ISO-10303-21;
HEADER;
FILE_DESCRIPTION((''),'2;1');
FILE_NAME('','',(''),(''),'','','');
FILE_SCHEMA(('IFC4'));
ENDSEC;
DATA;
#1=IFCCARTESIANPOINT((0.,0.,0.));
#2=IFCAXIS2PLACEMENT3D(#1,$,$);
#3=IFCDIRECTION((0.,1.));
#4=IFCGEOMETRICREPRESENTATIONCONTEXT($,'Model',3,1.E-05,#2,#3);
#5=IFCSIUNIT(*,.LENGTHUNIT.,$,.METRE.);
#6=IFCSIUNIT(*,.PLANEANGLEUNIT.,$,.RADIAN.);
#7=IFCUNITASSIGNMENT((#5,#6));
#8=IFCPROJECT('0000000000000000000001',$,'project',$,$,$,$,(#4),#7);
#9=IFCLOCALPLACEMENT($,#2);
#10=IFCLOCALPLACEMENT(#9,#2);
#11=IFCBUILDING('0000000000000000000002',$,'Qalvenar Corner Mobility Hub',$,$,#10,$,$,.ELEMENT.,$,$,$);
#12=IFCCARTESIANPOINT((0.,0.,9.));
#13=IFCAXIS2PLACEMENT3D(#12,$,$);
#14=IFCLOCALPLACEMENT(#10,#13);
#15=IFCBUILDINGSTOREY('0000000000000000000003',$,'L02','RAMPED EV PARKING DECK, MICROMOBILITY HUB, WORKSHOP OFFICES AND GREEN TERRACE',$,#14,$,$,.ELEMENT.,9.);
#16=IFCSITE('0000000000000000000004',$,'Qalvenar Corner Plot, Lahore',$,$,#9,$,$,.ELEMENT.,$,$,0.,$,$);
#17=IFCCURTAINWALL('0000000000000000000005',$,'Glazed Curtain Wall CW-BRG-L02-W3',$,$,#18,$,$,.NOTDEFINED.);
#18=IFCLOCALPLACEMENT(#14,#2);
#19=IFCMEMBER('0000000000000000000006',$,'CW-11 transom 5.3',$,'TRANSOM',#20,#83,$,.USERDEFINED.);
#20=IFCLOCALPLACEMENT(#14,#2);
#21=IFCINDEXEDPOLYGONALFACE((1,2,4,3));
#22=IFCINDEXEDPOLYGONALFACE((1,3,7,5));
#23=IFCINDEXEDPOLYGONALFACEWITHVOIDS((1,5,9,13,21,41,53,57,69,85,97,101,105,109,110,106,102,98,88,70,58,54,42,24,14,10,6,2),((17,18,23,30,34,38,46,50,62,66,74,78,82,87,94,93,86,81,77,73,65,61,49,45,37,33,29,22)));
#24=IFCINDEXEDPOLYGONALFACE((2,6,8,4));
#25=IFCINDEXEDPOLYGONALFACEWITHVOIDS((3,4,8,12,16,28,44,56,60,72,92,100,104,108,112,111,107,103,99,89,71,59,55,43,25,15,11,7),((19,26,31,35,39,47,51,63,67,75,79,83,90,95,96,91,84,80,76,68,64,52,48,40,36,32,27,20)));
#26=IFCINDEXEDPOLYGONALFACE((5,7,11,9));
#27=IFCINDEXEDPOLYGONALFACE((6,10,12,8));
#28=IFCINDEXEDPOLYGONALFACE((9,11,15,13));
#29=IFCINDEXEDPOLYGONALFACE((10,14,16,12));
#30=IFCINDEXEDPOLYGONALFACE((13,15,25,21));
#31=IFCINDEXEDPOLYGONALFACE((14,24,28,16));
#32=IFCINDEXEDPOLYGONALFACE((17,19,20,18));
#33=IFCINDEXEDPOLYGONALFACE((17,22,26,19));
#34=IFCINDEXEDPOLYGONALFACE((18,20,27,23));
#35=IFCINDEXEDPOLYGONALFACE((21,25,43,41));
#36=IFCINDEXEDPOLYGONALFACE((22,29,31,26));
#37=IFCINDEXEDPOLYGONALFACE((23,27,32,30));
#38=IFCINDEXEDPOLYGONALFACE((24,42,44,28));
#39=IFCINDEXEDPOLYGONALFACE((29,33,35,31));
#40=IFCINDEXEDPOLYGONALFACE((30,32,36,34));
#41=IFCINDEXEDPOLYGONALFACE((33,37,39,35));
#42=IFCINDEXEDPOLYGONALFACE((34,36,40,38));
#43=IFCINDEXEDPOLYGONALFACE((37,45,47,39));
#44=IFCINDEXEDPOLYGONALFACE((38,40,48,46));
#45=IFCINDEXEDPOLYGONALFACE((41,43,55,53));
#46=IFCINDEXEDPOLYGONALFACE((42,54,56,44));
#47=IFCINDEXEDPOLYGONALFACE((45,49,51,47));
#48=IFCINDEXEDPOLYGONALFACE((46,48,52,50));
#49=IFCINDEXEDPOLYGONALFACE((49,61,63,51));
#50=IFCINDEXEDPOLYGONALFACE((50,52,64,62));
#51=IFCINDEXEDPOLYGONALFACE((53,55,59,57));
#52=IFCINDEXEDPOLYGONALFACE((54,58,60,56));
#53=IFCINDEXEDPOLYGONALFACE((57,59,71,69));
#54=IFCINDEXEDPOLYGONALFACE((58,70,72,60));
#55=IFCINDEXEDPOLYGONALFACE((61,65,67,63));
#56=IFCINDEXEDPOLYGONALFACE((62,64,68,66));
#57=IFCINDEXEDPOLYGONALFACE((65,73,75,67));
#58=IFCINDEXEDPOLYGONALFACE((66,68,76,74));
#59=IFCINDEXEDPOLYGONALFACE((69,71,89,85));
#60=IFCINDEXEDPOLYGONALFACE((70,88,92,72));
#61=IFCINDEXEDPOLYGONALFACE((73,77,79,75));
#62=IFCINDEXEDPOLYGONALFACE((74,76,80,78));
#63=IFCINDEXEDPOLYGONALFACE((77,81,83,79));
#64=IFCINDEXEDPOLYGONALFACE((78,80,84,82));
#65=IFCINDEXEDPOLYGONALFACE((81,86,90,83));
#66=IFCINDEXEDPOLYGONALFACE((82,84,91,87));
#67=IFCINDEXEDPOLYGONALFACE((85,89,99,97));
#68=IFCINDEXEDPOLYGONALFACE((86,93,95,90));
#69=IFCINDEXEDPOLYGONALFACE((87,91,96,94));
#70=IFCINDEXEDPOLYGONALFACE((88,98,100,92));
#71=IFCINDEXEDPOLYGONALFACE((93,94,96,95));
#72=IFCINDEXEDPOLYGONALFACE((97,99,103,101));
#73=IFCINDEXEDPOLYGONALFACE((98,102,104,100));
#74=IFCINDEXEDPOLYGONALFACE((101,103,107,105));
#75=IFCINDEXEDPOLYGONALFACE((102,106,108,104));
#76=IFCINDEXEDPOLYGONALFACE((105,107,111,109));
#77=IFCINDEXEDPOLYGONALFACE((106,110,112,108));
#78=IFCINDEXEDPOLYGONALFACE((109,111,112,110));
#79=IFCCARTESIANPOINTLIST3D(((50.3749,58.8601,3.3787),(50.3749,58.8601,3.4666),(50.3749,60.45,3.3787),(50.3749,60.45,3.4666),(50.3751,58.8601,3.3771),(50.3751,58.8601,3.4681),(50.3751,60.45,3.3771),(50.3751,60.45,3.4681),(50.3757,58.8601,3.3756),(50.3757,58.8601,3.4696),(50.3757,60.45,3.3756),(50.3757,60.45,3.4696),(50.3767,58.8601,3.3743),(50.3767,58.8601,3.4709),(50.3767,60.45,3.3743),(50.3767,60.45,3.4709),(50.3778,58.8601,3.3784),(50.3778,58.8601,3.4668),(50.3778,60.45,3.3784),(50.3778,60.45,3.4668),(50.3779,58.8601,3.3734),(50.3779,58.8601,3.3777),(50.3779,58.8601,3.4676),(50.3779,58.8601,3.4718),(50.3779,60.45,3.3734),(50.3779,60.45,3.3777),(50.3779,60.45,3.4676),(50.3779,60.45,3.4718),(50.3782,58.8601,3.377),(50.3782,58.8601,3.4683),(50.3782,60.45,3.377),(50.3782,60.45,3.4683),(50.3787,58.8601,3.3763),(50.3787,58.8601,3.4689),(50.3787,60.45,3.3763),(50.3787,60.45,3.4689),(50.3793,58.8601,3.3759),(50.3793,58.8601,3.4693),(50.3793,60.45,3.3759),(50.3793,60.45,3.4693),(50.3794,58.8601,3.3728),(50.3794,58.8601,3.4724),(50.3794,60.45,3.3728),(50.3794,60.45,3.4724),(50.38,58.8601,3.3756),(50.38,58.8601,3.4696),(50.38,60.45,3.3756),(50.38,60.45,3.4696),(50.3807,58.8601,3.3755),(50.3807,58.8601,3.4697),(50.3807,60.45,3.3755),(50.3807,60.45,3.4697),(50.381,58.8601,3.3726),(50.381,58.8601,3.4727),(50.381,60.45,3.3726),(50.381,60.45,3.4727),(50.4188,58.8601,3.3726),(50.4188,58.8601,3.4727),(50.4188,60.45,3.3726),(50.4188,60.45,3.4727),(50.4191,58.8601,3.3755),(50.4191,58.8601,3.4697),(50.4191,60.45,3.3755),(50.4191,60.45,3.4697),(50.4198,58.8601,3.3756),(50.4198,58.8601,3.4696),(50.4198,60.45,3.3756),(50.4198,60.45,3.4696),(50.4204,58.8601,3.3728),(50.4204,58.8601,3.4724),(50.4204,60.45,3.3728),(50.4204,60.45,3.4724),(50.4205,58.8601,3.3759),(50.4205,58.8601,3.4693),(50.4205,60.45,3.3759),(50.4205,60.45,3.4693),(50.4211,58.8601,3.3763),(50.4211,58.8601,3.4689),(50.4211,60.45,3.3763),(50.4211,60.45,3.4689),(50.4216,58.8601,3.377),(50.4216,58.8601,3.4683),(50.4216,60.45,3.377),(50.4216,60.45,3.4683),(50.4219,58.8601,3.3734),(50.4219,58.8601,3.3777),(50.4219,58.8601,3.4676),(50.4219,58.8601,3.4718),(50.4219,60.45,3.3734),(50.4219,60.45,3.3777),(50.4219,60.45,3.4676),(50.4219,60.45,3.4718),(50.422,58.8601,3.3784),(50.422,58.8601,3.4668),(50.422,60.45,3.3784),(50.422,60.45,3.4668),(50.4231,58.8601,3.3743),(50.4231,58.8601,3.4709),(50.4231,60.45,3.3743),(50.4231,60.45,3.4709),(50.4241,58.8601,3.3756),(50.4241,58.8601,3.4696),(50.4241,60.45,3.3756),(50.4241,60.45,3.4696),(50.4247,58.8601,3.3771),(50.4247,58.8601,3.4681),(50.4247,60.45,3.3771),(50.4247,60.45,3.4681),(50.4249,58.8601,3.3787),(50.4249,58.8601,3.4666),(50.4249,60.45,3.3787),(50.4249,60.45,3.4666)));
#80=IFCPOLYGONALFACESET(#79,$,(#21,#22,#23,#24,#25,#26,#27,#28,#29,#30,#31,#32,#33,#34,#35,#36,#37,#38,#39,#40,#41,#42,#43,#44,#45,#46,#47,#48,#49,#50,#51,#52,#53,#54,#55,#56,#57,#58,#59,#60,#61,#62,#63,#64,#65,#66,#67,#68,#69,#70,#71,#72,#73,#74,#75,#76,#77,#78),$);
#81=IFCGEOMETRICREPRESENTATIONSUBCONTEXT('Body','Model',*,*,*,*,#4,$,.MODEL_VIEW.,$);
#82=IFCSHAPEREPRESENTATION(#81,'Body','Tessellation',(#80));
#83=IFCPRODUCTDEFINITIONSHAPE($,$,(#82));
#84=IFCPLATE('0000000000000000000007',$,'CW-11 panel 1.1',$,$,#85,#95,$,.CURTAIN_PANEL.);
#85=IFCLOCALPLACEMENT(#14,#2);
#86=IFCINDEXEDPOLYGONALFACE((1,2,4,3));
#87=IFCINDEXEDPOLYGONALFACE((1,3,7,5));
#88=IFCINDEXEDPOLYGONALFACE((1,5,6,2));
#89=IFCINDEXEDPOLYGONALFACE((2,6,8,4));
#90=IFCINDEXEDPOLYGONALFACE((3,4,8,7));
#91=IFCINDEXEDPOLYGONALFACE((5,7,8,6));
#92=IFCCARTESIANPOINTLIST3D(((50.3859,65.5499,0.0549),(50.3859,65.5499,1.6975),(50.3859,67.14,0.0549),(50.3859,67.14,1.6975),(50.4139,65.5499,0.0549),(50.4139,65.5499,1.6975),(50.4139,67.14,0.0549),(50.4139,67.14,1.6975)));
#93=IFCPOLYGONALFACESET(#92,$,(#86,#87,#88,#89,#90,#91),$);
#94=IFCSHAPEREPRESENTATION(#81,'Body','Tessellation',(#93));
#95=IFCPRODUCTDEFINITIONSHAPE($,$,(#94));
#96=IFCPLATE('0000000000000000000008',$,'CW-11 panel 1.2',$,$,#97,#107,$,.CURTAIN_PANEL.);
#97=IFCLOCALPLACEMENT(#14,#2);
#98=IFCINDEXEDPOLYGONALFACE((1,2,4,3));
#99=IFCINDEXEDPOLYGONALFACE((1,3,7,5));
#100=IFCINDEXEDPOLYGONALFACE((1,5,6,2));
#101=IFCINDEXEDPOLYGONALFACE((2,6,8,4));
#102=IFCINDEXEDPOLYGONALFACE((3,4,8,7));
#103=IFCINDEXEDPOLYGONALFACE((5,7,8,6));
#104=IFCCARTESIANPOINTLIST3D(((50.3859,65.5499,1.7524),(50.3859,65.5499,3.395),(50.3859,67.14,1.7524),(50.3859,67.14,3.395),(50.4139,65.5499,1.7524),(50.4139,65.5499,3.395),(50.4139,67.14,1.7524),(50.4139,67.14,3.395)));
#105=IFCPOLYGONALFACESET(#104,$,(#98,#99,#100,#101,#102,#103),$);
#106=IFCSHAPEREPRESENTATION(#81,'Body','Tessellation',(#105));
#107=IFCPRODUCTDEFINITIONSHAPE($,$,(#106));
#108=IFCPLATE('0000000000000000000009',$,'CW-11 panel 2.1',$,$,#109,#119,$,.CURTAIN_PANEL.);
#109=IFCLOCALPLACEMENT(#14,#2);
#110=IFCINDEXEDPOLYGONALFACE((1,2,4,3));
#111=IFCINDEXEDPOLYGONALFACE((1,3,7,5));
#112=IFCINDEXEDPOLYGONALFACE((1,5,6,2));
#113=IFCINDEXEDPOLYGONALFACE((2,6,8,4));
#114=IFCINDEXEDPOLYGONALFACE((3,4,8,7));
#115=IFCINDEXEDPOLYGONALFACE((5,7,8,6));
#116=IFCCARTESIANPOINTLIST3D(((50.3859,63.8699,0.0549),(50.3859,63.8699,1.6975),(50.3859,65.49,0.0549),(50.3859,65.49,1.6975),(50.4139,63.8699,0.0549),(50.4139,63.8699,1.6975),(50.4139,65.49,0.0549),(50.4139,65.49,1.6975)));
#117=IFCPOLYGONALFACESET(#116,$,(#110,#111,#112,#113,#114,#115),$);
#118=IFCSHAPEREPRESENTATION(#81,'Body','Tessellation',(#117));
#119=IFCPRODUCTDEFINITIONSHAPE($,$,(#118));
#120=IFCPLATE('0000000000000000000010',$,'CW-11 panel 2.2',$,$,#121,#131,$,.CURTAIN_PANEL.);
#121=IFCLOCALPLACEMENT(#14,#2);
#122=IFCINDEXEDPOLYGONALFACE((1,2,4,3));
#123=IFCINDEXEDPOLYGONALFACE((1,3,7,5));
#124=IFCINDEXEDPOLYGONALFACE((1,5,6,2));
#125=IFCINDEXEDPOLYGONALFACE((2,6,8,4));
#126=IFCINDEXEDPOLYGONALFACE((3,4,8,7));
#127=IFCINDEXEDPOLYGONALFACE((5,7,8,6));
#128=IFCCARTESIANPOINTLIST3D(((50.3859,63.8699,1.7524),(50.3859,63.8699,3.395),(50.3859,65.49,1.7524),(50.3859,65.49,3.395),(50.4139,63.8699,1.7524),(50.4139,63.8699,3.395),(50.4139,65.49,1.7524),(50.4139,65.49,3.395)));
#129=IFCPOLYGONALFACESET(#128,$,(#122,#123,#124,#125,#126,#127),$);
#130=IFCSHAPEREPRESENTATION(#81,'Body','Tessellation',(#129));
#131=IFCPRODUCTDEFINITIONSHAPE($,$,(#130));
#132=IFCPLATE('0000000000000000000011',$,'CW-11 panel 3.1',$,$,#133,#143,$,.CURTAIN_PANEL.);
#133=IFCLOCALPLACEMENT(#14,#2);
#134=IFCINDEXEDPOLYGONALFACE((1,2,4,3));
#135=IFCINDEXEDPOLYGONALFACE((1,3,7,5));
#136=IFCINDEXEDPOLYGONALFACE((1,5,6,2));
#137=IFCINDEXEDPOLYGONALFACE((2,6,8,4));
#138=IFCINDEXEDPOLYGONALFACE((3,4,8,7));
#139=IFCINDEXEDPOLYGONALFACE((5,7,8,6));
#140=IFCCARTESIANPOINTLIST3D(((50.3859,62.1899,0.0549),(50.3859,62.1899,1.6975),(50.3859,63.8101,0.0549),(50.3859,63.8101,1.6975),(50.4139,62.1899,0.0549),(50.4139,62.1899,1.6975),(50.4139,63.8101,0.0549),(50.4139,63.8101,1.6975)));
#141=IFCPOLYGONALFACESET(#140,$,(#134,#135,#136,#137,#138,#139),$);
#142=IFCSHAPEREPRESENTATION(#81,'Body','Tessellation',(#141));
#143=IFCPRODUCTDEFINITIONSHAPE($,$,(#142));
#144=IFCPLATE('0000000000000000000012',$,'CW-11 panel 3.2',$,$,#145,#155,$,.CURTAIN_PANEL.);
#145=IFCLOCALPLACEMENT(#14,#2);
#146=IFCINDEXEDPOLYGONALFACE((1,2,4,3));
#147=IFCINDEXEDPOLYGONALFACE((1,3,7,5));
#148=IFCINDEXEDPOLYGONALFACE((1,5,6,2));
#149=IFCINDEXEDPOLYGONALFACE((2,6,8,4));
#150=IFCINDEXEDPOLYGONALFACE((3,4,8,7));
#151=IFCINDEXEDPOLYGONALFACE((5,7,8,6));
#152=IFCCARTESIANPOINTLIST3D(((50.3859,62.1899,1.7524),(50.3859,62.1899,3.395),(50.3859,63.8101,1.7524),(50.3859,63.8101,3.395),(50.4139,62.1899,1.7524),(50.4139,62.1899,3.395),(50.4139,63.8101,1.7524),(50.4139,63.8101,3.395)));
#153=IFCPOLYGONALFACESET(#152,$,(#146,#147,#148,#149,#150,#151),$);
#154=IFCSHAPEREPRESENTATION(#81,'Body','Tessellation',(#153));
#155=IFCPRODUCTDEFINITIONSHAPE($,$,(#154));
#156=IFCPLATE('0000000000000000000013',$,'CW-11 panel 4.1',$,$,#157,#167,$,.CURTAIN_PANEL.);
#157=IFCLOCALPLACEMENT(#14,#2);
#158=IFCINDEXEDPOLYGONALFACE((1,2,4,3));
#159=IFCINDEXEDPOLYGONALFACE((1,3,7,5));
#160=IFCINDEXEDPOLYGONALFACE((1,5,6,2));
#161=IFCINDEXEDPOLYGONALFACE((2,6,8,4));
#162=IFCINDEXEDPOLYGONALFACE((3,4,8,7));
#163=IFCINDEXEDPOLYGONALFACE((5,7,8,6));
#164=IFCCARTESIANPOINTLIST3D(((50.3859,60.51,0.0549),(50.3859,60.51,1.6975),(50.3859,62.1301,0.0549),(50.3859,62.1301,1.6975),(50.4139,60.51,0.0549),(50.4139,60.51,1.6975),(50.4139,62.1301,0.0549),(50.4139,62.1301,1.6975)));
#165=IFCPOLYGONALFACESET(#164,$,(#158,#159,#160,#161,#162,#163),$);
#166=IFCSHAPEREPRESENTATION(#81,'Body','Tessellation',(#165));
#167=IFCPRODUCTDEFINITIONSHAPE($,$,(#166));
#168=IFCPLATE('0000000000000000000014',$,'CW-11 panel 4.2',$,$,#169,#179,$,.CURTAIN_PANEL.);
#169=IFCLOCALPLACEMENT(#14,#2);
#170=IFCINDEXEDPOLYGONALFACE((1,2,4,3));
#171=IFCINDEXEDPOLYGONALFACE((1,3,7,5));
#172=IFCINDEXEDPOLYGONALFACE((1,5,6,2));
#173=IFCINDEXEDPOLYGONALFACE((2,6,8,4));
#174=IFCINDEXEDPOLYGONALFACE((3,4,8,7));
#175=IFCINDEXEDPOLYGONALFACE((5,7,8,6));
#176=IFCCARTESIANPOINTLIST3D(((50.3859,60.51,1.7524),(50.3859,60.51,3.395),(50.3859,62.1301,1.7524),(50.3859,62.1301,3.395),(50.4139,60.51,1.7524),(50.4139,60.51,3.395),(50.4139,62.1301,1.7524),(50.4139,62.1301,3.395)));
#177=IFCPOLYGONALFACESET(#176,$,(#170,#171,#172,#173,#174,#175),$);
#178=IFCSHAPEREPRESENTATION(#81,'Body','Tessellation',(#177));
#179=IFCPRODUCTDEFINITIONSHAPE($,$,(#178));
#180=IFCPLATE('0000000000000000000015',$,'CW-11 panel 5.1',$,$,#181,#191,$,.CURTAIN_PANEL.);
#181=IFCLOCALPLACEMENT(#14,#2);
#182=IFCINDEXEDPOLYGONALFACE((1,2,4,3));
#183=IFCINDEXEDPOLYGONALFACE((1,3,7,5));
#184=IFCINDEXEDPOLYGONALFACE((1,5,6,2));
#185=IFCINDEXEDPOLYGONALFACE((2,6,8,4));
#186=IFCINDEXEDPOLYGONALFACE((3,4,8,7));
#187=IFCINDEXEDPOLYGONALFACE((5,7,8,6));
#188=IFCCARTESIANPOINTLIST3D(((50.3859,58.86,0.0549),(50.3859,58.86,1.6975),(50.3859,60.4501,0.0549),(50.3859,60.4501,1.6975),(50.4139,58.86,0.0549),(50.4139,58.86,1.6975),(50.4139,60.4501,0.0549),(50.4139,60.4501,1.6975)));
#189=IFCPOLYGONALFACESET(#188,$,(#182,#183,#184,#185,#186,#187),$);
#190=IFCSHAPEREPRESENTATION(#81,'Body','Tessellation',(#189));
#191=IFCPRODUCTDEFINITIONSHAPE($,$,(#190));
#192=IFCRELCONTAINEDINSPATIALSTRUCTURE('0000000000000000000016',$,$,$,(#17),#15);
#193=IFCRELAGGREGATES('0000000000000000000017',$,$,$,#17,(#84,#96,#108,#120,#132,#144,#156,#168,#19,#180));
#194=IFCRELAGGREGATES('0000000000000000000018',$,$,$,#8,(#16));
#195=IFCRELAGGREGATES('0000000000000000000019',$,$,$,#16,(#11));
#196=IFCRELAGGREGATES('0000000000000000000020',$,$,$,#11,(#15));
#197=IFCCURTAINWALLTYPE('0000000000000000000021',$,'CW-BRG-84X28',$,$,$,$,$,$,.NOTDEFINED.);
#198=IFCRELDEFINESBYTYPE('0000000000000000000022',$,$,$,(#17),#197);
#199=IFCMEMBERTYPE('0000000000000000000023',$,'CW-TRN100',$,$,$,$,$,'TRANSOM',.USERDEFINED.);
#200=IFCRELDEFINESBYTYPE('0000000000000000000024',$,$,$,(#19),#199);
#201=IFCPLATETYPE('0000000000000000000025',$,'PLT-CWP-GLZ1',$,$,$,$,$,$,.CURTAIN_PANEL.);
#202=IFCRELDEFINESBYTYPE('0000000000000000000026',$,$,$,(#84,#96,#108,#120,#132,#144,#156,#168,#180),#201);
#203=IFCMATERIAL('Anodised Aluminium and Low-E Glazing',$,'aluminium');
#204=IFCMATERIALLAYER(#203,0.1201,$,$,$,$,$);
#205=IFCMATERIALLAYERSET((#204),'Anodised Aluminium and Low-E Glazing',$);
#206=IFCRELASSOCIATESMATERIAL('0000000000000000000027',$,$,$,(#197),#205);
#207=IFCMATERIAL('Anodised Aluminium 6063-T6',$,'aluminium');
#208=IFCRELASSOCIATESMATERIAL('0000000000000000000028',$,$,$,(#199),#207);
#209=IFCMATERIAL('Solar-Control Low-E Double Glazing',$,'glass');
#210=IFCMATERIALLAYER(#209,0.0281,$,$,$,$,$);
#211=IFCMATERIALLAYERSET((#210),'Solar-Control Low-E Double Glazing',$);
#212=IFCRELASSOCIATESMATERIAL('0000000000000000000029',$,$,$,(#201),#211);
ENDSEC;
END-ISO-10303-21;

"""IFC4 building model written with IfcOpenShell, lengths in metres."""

from ifc_helpers import new_model, si_unit, direction, frame, origin, origin_2d, place, context, subcontext, project, spatial, rectangle, hollow_rectangle, extrude, material, layer, layer_set, material_profile, profile_set, type_object, element, aggregate, save


model = new_model("IFC4")

# Units and contexts
model_context = context("Model", 3, precision=1e-05, world=origin(), true_north=direction((0.0, 1.0)))
body_context = subcontext(model_context, "Body", "Model", "MODEL_VIEW")
ifc_project = project(units=[si_unit("LENGTHUNIT", "METRE"), si_unit("PLANEANGLEUNIT", "RADIAN")], contexts=[model_context])

# Site, building, storey
site_placement = place(None, origin())
site = spatial("IfcSite", under=ifc_project, at=site_placement, Name="Qalvenar Corner Plot, Lahore", CompositionType="ELEMENT", RefElevation=0.0)
building_placement = place(site_placement, origin())
building = spatial("IfcBuilding", under=site, at=building_placement, Name="Qalvenar Corner Mobility Hub", CompositionType="ELEMENT")
storey_placement = place(building_placement, frame((0.0, 0.0, 9.0)))
storey = spatial("IfcBuildingStorey", under=building, at=storey_placement, Name="L02", Description="RAMPED EV PARKING DECK, MICROMOBILITY HUB, WORKSHOP OFFICES AND GREEN TERRACE", CompositionType="ELEMENT", Elevation=9.0)

# Curtain wall, member, plates
ifc_material_1 = material(Name="Anodised Aluminium and Low-E Glazing", Category="aluminium")
ifc_layer_1 = layer(ifc_material_1, 0.1201)
ifc_layer_set_1 = layer_set([ifc_layer_1], Name="Anodised Aluminium and Low-E Glazing")
curtain_wall_type = type_object("IfcCurtainWallType", Name="CW-BRG-84X28", PredefinedType="NOTDEFINED", material=ifc_layer_set_1)
curtain_wall_placement = place(storey_placement, origin())
curtain_wall = element("IfcCurtainWall", 1, at=curtain_wall_placement, inside=storey, type_object=curtain_wall_type, Name="Glazed Curtain Wall CW-BRG-L02-W3", PredefinedType="NOTDEFINED")
ifc_material_2 = material(Name="Anodised Aluminium 6063-T6", Category="aluminium")
ifc_material_profile_1 = material_profile(ifc_material_2, hollow_rectangle(XDim=0.05, YDim=0.1001, WallThickness=0.0029, InnerFilletRadius=0.0029, OuterFilletRadius=0.0061, at=origin_2d()), Name="RHS100x50x3")
ifc_profile_set_1 = profile_set([ifc_material_profile_1], Name="Anodised Aluminium 6063-T6")
member_type_1 = type_object("IfcMemberType", Name="CW-TRN100", ElementType="TRANSOM", PredefinedType="USERDEFINED", material=ifc_profile_set_1)
member_1_placement = place(storey_placement, frame((50.3999, 60.45, 3.4226), z_axis=(0.0, -1.0, 0.0), x_axis=(1.0, 0.0, 0.0)))
member_1 = element("IfcMember", 2, at=member_1_placement, type_object=member_type_1, Name="CW-11 transom 5.3", ObjectType="TRANSOM", PredefinedType="USERDEFINED", context=body_context, shape_type="SweptSolid", body=[
    extrude(hollow_rectangle(XDim=0.05, YDim=0.1001, WallThickness=0.0029, InnerFilletRadius=0.0029, OuterFilletRadius=0.0061, at=origin_2d()), origin(), (0.0, 0.0, 1.0), 1.5898),
])
ifc_material_3 = material(Name="Solar-Control Low-E Double Glazing", Category="glass")
ifc_layer_2 = layer(ifc_material_3, 0.0281)
ifc_layer_set_2 = layer_set([ifc_layer_2], Name="Solar-Control Low-E Double Glazing")
plate_type = type_object("IfcPlateType", Name="PLT-CWP-GLZ1", PredefinedType="CURTAIN_PANEL", material=ifc_layer_set_2)
plate_1_placement = place(storey_placement, frame((50.3999, 66.345, 0.0549), z_axis=(0.0, 0.0, 1.0), x_axis=(0.0, -1.0, 0.0)))
plate_1 = element("IfcPlate", 3, at=plate_1_placement, type_object=plate_type, Name="CW-11 panel 1.1", PredefinedType="CURTAIN_PANEL", context=body_context, shape_type="SweptSolid", body=[
    extrude(rectangle(XDim=1.5901, YDim=0.0281, at=origin_2d()), origin(), (0.0, 0.0, 1.0), 1.6426),
])
plate_2_placement = place(storey_placement, frame((50.3999, 66.345, 1.7524), z_axis=(0.0, 0.0, 1.0), x_axis=(0.0, -1.0, 0.0)))
plate_2 = element("IfcPlate", 4, at=plate_2_placement, type_object=plate_type, Name="CW-11 panel 1.2", PredefinedType="CURTAIN_PANEL", context=body_context, shape_type="SweptSolid", body=[
    extrude(rectangle(XDim=1.5901, YDim=0.0281, at=origin_2d()), origin(), (0.0, 0.0, 1.0), 1.6426),
])
plate_3_placement = place(storey_placement, frame((50.3999, 64.6799, 0.0549), z_axis=(0.0, 0.0, 1.0), x_axis=(0.0, -1.0, 0.0)))
plate_3 = element("IfcPlate", 5, at=plate_3_placement, type_object=plate_type, Name="CW-11 panel 2.1", PredefinedType="CURTAIN_PANEL", context=body_context, shape_type="SweptSolid", body=[
    extrude(rectangle(XDim=1.6201, YDim=0.0281, at=origin_2d()), origin(), (0.0, 0.0, 1.0), 1.6426),
])
plate_4_placement = place(storey_placement, frame((50.3999, 64.6799, 1.7524), z_axis=(0.0, 0.0, 1.0), x_axis=(0.0, -1.0, 0.0)))
plate_4 = element("IfcPlate", 6, at=plate_4_placement, type_object=plate_type, Name="CW-11 panel 2.2", PredefinedType="CURTAIN_PANEL", context=body_context, shape_type="SweptSolid", body=[
    extrude(rectangle(XDim=1.6201, YDim=0.0281, at=origin_2d()), origin(), (0.0, 0.0, 1.0), 1.6426),
])
plate_5_placement = place(storey_placement, frame((50.3999, 63.0, 0.0549), z_axis=(0.0, 0.0, 1.0), x_axis=(0.0, -1.0, 0.0)))
plate_5 = element("IfcPlate", 7, at=plate_5_placement, type_object=plate_type, Name="CW-11 panel 3.1", PredefinedType="CURTAIN_PANEL", context=body_context, shape_type="SweptSolid", body=[
    extrude(rectangle(XDim=1.6201, YDim=0.0281, at=origin_2d()), origin(), (0.0, 0.0, 1.0), 1.6426),
])
plate_6_placement = place(storey_placement, frame((50.3999, 63.0, 1.7524), z_axis=(0.0, 0.0, 1.0), x_axis=(0.0, -1.0, 0.0)))
plate_6 = element("IfcPlate", 8, at=plate_6_placement, type_object=plate_type, Name="CW-11 panel 3.2", PredefinedType="CURTAIN_PANEL", context=body_context, shape_type="SweptSolid", body=[
    extrude(rectangle(XDim=1.6201, YDim=0.0281, at=origin_2d()), origin(), (0.0, 0.0, 1.0), 1.6426),
])
plate_7_placement = place(storey_placement, frame((50.3999, 61.3201, 0.0549), z_axis=(0.0, 0.0, 1.0), x_axis=(0.0, -1.0, 0.0)))
plate_7 = element("IfcPlate", 9, at=plate_7_placement, type_object=plate_type, Name="CW-11 panel 4.1", PredefinedType="CURTAIN_PANEL", context=body_context, shape_type="SweptSolid", body=[
    extrude(rectangle(XDim=1.6201, YDim=0.0281, at=origin_2d()), origin(), (0.0, 0.0, 1.0), 1.6426),
])
plate_8_placement = place(storey_placement, frame((50.3999, 61.3201, 1.7524), z_axis=(0.0, 0.0, 1.0), x_axis=(0.0, -1.0, 0.0)))
plate_8 = element("IfcPlate", 10, at=plate_8_placement, type_object=plate_type, Name="CW-11 panel 4.2", PredefinedType="CURTAIN_PANEL", context=body_context, shape_type="SweptSolid", body=[
    extrude(rectangle(XDim=1.6201, YDim=0.0281, at=origin_2d()), origin(), (0.0, 0.0, 1.0), 1.6426),
])
plate_9_placement = place(storey_placement, frame((50.3999, 59.655, 0.0549), z_axis=(0.0, 0.0, 1.0), x_axis=(0.0, -1.0, 0.0)))
plate_9 = element("IfcPlate", 11, at=plate_9_placement, type_object=plate_type, Name="CW-11 panel 5.1", PredefinedType="CURTAIN_PANEL", context=body_context, shape_type="SweptSolid", body=[
    extrude(rectangle(XDim=1.5901, YDim=0.0281, at=origin_2d()), origin(), (0.0, 0.0, 1.0), 1.6426),
])
aggregate(curtain_wall, [plate_1, plate_2, plate_3, plate_4, plate_5, plate_6, plate_7, plate_8, member_1, plate_9])

save(model, "model.ifc")
